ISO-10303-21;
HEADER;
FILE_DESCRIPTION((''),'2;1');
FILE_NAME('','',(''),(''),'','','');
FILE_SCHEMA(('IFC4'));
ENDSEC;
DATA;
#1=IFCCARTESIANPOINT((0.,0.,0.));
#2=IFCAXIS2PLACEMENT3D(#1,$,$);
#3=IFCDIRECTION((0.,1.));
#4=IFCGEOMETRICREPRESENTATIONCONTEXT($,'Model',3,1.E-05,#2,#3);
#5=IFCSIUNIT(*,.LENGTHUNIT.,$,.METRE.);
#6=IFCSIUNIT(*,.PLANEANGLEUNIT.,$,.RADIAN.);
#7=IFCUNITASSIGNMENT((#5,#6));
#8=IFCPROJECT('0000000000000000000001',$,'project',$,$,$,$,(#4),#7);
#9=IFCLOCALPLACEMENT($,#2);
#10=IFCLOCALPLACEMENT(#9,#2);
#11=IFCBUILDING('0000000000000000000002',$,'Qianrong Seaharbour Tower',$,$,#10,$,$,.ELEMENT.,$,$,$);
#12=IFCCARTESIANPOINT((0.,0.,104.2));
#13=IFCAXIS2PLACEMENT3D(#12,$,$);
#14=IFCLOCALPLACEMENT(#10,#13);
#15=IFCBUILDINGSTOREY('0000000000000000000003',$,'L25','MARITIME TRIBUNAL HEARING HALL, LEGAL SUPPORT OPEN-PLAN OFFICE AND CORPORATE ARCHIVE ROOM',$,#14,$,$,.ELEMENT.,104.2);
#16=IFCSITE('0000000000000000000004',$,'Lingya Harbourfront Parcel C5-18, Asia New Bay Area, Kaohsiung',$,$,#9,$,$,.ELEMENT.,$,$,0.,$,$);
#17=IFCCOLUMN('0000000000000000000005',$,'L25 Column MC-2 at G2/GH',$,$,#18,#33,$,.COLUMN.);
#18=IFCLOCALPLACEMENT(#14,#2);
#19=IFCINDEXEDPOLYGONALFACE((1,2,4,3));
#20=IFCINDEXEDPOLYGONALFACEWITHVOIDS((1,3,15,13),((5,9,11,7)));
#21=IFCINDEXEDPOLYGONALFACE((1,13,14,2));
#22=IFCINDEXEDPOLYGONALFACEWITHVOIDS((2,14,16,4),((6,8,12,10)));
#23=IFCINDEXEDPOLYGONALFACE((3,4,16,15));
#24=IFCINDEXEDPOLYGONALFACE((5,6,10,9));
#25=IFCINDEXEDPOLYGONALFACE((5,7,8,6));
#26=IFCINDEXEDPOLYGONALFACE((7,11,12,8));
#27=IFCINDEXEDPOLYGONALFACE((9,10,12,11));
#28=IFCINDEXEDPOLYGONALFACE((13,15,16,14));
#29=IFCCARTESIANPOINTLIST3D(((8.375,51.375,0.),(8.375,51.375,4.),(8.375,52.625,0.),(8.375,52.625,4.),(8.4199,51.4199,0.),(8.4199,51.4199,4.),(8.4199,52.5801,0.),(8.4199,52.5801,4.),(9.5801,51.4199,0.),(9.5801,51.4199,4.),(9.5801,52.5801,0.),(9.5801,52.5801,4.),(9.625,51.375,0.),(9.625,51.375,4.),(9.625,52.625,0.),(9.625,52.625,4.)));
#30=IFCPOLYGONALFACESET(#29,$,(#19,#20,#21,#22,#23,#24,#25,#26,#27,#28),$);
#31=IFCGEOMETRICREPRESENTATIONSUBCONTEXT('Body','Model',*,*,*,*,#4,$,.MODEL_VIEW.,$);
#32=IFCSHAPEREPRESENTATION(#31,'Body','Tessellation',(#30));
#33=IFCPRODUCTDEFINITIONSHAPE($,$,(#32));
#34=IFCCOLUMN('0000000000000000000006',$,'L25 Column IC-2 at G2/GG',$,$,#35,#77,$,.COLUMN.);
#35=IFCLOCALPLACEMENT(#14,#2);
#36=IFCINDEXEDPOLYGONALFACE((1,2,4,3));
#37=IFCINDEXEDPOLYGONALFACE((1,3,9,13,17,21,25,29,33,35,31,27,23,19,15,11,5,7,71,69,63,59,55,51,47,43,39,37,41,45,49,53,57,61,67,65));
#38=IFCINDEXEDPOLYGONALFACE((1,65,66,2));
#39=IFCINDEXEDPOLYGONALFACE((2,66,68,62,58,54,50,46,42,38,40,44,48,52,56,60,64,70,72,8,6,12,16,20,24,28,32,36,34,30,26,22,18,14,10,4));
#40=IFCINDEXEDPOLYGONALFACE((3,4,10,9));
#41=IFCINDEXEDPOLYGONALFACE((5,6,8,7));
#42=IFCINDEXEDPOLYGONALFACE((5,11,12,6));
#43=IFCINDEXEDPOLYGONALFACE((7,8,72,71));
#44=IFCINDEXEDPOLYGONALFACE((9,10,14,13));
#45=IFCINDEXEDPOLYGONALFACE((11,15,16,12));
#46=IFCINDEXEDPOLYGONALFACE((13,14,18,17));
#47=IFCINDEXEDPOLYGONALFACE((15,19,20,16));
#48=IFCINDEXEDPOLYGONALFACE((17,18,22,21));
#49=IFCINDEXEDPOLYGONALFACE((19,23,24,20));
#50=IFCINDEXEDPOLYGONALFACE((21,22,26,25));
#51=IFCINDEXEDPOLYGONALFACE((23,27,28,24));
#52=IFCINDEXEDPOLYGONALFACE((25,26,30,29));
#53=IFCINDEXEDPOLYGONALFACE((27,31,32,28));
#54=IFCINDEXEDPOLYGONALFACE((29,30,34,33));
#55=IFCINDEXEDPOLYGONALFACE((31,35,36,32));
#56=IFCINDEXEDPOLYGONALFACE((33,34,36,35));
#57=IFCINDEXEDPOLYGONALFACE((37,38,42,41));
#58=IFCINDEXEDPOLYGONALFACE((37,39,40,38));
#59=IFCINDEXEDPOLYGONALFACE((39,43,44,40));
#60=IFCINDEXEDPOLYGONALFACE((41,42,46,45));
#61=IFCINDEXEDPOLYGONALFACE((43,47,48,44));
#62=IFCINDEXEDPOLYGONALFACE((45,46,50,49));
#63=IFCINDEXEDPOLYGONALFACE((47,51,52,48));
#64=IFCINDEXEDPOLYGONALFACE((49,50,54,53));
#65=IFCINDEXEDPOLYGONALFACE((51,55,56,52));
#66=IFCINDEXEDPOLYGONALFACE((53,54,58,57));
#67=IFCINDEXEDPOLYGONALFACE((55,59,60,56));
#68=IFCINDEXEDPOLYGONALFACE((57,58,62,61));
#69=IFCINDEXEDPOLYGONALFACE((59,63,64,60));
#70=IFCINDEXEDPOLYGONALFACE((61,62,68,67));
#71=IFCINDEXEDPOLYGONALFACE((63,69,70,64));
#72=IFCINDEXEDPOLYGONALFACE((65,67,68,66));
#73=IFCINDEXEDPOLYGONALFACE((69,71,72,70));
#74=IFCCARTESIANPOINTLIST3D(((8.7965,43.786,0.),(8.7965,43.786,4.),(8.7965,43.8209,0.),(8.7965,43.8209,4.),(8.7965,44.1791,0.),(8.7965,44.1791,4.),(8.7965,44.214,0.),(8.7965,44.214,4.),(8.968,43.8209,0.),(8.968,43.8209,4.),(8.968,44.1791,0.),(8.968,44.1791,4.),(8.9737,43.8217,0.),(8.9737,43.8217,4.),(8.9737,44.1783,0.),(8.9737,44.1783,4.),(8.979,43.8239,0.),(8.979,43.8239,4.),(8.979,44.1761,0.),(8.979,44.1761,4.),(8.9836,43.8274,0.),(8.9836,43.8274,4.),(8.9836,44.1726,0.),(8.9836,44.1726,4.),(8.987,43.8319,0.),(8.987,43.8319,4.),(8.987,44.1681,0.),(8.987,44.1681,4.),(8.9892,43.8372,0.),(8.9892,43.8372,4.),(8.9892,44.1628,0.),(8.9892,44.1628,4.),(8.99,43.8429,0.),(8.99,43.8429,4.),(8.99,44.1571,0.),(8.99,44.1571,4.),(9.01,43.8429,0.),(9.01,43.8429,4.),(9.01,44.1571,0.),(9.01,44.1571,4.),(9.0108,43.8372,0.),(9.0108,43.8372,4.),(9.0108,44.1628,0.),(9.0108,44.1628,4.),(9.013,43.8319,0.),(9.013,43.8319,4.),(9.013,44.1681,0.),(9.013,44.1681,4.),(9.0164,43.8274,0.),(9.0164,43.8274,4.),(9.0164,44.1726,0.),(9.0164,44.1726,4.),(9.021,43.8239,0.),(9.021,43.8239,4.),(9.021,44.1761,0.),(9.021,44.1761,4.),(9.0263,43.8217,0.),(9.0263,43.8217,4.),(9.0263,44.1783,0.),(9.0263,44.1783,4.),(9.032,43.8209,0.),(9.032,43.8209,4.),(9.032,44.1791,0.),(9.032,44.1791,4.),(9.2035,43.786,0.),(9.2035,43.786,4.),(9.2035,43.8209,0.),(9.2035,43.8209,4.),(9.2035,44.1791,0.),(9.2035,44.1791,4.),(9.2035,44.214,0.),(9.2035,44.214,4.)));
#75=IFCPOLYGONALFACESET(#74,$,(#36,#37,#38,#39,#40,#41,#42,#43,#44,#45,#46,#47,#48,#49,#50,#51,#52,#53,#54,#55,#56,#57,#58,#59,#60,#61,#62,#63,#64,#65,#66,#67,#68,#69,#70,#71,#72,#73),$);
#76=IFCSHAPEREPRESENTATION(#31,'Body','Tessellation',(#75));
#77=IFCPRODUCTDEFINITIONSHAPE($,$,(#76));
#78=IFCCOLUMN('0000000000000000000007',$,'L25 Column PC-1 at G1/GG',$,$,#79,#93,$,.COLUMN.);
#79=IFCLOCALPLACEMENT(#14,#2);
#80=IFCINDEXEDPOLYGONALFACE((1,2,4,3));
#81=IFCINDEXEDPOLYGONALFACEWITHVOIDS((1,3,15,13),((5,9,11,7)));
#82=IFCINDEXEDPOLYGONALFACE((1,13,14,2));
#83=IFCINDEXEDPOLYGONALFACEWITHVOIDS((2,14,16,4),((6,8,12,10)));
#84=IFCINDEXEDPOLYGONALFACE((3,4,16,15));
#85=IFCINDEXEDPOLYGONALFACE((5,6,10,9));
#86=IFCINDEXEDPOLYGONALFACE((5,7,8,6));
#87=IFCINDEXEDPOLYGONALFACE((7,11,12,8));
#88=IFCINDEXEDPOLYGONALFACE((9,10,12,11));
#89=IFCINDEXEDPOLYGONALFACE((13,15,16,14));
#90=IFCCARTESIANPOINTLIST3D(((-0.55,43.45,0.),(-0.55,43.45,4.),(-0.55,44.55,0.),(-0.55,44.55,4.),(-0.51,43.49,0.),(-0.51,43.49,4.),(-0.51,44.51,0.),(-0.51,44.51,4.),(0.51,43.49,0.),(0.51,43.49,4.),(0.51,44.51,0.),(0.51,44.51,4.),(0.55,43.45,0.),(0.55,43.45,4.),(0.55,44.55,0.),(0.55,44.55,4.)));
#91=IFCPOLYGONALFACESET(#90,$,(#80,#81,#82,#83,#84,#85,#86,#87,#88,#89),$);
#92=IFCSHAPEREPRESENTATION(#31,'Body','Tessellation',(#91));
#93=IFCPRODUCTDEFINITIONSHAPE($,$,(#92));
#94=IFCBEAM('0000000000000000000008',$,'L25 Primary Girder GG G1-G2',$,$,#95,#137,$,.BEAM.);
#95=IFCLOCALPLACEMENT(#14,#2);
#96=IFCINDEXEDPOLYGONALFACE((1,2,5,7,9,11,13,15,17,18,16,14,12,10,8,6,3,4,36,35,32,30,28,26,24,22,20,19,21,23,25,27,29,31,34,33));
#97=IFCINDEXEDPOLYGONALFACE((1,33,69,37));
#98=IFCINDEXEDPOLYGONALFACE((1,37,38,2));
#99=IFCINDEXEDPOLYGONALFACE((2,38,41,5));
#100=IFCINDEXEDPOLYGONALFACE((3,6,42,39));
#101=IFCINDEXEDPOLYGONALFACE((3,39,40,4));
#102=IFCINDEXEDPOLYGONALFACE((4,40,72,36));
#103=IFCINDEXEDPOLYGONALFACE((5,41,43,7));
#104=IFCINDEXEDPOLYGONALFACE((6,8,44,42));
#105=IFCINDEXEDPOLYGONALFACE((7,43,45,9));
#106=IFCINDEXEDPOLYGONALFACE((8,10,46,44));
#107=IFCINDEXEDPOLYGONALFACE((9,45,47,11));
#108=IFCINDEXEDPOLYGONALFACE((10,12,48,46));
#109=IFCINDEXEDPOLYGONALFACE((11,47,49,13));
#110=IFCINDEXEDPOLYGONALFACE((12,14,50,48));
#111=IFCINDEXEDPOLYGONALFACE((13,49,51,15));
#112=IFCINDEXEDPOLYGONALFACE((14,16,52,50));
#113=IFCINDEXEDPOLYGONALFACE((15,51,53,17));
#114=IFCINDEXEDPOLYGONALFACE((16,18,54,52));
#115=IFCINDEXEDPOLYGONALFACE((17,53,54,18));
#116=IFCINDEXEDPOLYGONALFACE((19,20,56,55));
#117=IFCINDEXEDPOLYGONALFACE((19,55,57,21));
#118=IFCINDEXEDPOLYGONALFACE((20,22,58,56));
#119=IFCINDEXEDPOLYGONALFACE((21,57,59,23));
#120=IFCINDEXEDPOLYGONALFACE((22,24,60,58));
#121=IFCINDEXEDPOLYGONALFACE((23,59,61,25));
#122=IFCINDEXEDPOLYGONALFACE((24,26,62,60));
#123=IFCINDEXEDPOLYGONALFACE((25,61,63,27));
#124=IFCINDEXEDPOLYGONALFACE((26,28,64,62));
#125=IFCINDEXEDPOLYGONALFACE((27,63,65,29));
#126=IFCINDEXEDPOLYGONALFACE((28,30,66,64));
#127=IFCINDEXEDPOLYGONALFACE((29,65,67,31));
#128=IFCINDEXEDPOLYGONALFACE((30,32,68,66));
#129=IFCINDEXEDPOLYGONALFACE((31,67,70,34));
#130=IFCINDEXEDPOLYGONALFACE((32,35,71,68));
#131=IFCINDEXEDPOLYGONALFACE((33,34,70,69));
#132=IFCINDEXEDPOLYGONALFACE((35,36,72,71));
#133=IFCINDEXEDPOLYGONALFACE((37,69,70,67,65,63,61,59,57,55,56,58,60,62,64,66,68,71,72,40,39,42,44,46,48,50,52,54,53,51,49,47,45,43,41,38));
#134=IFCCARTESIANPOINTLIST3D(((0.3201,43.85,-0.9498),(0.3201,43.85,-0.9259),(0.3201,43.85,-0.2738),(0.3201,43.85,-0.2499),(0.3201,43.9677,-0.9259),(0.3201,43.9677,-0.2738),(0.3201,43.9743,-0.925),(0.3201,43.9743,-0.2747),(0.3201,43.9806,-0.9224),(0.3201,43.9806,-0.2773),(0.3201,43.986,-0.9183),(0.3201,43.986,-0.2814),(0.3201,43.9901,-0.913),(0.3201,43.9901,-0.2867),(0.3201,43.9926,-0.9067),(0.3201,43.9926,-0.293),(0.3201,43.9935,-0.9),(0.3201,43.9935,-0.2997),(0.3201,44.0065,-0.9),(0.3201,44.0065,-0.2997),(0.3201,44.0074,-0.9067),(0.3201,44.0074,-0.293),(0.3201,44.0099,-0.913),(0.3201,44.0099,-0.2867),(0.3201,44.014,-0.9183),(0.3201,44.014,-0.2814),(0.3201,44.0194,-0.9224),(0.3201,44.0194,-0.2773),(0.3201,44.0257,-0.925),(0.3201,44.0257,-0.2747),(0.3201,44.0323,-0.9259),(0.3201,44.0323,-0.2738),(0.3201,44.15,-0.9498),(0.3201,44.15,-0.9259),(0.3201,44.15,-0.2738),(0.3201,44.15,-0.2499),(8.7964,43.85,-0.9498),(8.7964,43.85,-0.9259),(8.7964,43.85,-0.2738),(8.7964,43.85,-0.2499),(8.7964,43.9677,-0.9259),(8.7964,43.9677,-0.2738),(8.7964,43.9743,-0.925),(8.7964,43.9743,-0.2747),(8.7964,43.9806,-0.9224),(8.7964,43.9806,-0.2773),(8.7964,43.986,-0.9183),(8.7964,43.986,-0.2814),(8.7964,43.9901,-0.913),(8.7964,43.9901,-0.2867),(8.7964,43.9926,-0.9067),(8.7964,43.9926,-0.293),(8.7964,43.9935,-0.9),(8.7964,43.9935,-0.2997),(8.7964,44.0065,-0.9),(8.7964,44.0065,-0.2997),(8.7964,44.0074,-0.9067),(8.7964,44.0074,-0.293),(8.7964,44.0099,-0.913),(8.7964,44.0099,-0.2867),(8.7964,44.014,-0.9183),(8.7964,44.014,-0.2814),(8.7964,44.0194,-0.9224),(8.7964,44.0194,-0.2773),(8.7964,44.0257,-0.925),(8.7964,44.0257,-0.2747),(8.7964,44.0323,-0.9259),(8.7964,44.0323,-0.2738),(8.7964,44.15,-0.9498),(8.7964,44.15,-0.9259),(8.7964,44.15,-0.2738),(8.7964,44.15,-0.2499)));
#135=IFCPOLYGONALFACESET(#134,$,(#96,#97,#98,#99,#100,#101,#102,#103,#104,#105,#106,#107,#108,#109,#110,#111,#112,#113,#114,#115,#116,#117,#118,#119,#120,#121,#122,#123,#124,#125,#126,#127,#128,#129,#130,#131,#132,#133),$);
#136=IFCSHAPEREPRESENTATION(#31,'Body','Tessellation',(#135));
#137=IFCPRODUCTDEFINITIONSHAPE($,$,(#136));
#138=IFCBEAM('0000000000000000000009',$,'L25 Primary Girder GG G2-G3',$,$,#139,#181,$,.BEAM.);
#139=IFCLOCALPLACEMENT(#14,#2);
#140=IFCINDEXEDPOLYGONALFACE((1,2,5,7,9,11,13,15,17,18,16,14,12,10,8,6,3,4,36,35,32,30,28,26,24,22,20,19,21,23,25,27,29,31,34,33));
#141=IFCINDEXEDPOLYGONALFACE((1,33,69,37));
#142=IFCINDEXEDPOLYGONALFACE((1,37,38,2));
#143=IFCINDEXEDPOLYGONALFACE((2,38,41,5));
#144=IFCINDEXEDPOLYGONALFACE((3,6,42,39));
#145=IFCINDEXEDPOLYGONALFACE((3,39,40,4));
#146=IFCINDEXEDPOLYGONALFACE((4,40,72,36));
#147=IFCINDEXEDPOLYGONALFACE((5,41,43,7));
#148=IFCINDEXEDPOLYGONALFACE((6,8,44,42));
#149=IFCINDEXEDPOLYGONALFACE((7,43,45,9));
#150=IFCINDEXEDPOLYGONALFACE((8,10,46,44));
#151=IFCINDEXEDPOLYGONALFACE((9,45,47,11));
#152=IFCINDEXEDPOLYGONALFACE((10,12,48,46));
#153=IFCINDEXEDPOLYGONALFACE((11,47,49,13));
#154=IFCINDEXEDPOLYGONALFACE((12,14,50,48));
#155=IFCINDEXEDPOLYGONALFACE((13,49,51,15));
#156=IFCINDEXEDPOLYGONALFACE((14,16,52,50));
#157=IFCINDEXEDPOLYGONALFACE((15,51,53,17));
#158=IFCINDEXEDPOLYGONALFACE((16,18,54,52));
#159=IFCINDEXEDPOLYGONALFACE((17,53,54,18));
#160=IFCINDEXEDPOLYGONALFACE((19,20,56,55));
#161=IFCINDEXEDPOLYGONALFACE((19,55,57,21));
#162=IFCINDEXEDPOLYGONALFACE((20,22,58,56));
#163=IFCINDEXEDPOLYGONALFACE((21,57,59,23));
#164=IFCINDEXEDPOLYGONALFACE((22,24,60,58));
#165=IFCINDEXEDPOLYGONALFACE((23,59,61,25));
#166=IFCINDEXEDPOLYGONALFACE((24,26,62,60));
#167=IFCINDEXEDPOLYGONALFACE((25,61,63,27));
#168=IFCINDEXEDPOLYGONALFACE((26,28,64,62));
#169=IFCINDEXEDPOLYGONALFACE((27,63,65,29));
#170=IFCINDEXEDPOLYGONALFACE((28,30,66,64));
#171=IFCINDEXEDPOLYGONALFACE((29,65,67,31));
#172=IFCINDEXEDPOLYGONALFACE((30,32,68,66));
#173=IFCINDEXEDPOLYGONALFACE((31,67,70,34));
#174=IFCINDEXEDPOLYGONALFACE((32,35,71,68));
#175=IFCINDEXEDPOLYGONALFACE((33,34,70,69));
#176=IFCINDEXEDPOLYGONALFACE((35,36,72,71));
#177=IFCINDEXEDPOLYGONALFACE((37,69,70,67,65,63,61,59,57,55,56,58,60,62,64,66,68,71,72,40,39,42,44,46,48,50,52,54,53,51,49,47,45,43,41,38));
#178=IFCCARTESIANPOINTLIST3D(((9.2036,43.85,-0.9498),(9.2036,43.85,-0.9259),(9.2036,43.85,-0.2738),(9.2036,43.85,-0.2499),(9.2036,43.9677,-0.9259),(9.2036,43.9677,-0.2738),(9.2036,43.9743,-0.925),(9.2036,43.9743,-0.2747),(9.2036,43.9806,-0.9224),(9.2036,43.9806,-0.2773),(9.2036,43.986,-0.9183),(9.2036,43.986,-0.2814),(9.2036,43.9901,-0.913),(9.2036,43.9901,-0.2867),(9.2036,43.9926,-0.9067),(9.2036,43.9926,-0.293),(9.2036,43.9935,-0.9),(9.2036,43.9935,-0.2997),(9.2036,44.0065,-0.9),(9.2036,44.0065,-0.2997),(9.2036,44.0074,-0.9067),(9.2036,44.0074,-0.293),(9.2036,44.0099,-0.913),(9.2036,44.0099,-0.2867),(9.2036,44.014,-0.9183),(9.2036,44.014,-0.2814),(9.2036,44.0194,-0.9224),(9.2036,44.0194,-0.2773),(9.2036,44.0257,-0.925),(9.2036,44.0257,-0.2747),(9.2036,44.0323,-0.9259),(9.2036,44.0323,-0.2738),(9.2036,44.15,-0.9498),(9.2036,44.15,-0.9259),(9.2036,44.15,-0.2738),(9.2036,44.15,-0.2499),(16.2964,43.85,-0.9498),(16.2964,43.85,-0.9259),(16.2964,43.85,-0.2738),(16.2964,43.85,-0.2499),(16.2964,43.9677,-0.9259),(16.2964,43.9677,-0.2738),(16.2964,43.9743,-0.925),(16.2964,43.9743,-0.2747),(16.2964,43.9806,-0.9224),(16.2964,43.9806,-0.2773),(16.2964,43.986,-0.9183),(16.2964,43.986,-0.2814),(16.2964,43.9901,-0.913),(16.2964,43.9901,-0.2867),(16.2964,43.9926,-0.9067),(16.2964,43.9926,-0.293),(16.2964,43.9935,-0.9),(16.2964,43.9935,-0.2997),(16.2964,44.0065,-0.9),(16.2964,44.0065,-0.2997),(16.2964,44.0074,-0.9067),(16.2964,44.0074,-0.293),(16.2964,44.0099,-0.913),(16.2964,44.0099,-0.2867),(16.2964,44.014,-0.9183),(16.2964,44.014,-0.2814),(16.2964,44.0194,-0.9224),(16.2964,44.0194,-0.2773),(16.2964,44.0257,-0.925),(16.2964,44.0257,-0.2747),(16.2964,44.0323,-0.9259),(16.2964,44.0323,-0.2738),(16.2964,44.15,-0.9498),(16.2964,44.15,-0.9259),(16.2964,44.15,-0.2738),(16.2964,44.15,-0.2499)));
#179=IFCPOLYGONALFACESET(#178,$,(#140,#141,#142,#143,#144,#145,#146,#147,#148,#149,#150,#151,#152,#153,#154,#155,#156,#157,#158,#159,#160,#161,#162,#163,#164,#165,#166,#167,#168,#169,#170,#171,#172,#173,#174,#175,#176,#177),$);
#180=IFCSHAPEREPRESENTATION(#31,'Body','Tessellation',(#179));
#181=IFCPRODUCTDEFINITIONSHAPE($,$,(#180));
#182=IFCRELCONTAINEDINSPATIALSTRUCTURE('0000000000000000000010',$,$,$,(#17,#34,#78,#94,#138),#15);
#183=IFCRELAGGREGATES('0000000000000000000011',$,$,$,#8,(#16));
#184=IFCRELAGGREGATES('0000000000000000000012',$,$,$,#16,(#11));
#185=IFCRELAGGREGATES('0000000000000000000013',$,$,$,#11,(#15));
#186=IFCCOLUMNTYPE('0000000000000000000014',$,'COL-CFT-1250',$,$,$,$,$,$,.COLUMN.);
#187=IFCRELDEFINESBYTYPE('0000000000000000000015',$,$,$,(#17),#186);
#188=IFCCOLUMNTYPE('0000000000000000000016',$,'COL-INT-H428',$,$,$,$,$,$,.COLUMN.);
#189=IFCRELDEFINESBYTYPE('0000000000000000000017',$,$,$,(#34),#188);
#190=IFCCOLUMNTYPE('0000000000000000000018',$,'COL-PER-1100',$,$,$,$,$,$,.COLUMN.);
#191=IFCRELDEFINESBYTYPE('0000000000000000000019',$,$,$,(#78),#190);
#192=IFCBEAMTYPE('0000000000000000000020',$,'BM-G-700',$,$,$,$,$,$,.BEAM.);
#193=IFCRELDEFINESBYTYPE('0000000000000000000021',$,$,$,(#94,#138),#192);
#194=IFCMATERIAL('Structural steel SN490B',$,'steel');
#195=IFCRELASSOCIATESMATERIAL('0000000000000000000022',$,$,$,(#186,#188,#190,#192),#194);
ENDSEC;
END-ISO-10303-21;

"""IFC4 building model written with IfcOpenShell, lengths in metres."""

from ifc_helpers import new_model, si_unit, direction, frame, origin, origin_2d, place, context, subcontext, project, spatial, hollow_rectangle, i_section, extrude, material, material_profile, profile_set, type_object, element, save


model = new_model("IFC4")

# Units and contexts
model_context = context("Model", 3, precision=1e-05, world=origin(), true_north=direction((0.0, 1.0)))
body_context = subcontext(model_context, "Body", "Model", "MODEL_VIEW")
ifc_project = project(units=[si_unit("LENGTHUNIT", "METRE"), si_unit("PLANEANGLEUNIT", "RADIAN")], contexts=[model_context])

# Site, building, storey
site_placement = place(None, origin())
site = spatial("IfcSite", under=ifc_project, at=site_placement, Name="Lingya Harbourfront Parcel C5-18, Asia New Bay Area, Kaohsiung", CompositionType="ELEMENT", RefElevation=0.0)
building_placement = place(site_placement, origin())
building = spatial("IfcBuilding", under=site, at=building_placement, Name="Qianrong Seaharbour Tower", CompositionType="ELEMENT")
storey_placement = place(building_placement, frame((0.0, 0.0, 104.2)))
storey = spatial("IfcBuildingStorey", under=building, at=storey_placement, Name="L25", Description="MARITIME TRIBUNAL HEARING HALL, LEGAL SUPPORT OPEN-PLAN OFFICE AND CORPORATE ARCHIVE ROOM", CompositionType="ELEMENT", Elevation=104.2)

# Columns
ifc_material_1 = material(Name="Structural steel SN490B", Category="steel")
ifc_material_profile_1 = material_profile(ifc_material_1, hollow_rectangle(XDim=1.25, YDim=1.25, WallThickness=0.0449, at=origin_2d()), Name="BOX1250x1250x45")
ifc_profile_set_1 = profile_set([ifc_material_profile_1], Name="Structural steel SN490B")
column_type_1 = type_object("IfcColumnType", Name="COL-CFT-1250", PredefinedType="COLUMN", material=ifc_profile_set_1)
column_1_placement = place(storey_placement, frame((9.0, 52.0, 0.0), z_axis=(0.0, 0.0, 1.0), x_axis=(1.0, 0.0, 0.0)))
element("IfcColumn", 1, at=column_1_placement, inside=storey, type_object=column_type_1, Name="L25 Column MC-2 at G2/GH", PredefinedType="COLUMN", context=body_context, shape_type="SweptSolid", body=[
    extrude(hollow_rectangle(XDim=1.25, YDim=1.25, WallThickness=0.0449, at=origin_2d()), origin(), (0.0, 0.0, 1.0), 4.0),
])
ifc_material_profile_2 = material_profile(ifc_material_1, i_section(OverallWidth=0.407, OverallDepth=0.428, WebThickness=0.02, FlangeThickness=0.0349, FilletRadius=0.022, at=origin_2d()), Name="H428x407x20x35")
ifc_profile_set_2 = profile_set([ifc_material_profile_2], Name="Structural steel SN490B")
column_type_2 = type_object("IfcColumnType", Name="COL-INT-H428", PredefinedType="COLUMN", material=ifc_profile_set_2)
column_2_placement = place(storey_placement, frame((9.0, 44.0, 0.0), z_axis=(0.0, 0.0, 1.0), x_axis=(1.0, 0.0, 0.0)))
element("IfcColumn", 2, at=column_2_placement, inside=storey, type_object=column_type_2, Name="L25 Column IC-2 at G2/GG", PredefinedType="COLUMN", context=body_context, shape_type="SweptSolid", body=[
    extrude(i_section(OverallWidth=0.407, OverallDepth=0.428, WebThickness=0.02, FlangeThickness=0.0349, FilletRadius=0.022, at=origin_2d()), origin(), (0.0, 0.0, 1.0), 4.0),
])
ifc_material_profile_3 = material_profile(ifc_material_1, hollow_rectangle(XDim=1.1001, YDim=1.1001, WallThickness=0.04, at=origin_2d()), Name="BOX1100x1100x40")
ifc_profile_set_3 = profile_set([ifc_material_profile_3], Name="Structural steel SN490B")
column_type_3 = type_object("IfcColumnType", Name="COL-PER-1100", PredefinedType="COLUMN", material=ifc_profile_set_3)
column_3_placement = place(storey_placement, frame((0.0, 44.0, 0.0), z_axis=(0.0, 0.0, 1.0), x_axis=(1.0, 0.0, 0.0)))
element("IfcColumn", 3, at=column_3_placement, inside=storey, type_object=column_type_3, Name="L25 Column PC-1 at G1/GG", PredefinedType="COLUMN", context=body_context, shape_type="SweptSolid", body=[
    extrude(hollow_rectangle(XDim=1.1001, YDim=1.1001, WallThickness=0.04, at=origin_2d()), origin(), (0.0, 0.0, 1.0), 4.0),
])

# Beams
ifc_material_profile_4 = material_profile(ifc_material_1, i_section(OverallWidth=0.3, OverallDepth=0.7, WebThickness=0.0129, FlangeThickness=0.0239, FilletRadius=0.0259, at=origin_2d()), Name="H700x300x13x24")
ifc_profile_set_4 = profile_set([ifc_material_profile_4], Name="Structural steel SN490B")
beam_type_1 = type_object("IfcBeamType", Name="BM-G-700", PredefinedType="BEAM", material=ifc_profile_set_4)
beam_1_placement = place(storey_placement, frame((0.3201, 44.0, -0.5999), z_axis=(1.0, 0.0, 0.0), x_axis=(0.0, 1.0, 0.0)))
element("IfcBeam", 4, at=beam_1_placement, inside=storey, type_object=beam_type_1, Name="L25 Primary Girder GG G1-G2", PredefinedType="BEAM", context=body_context, shape_type="SweptSolid", body=[
    extrude(i_section(OverallWidth=0.3, OverallDepth=0.7, WebThickness=0.0129, FlangeThickness=0.0239, FilletRadius=0.0259, at=origin_2d()), origin(), (0.0, 0.0, 1.0), 8.4763),
])
beam_2_placement = place(storey_placement, frame((9.2036, 44.0, -0.5999), z_axis=(1.0, 0.0, 0.0), x_axis=(0.0, 1.0, 0.0)))
element("IfcBeam", 5, at=beam_2_placement, inside=storey, type_object=beam_type_1, Name="L25 Primary Girder GG G2-G3", PredefinedType="BEAM", context=body_context, shape_type="SweptSolid", body=[
    extrude(i_section(OverallWidth=0.3, OverallDepth=0.7, WebThickness=0.0129, FlangeThickness=0.0239, FilletRadius=0.0259, at=origin_2d()), origin(), (0.0, 0.0, 1.0), 7.0928),
])

save(model, "model.ifc")
